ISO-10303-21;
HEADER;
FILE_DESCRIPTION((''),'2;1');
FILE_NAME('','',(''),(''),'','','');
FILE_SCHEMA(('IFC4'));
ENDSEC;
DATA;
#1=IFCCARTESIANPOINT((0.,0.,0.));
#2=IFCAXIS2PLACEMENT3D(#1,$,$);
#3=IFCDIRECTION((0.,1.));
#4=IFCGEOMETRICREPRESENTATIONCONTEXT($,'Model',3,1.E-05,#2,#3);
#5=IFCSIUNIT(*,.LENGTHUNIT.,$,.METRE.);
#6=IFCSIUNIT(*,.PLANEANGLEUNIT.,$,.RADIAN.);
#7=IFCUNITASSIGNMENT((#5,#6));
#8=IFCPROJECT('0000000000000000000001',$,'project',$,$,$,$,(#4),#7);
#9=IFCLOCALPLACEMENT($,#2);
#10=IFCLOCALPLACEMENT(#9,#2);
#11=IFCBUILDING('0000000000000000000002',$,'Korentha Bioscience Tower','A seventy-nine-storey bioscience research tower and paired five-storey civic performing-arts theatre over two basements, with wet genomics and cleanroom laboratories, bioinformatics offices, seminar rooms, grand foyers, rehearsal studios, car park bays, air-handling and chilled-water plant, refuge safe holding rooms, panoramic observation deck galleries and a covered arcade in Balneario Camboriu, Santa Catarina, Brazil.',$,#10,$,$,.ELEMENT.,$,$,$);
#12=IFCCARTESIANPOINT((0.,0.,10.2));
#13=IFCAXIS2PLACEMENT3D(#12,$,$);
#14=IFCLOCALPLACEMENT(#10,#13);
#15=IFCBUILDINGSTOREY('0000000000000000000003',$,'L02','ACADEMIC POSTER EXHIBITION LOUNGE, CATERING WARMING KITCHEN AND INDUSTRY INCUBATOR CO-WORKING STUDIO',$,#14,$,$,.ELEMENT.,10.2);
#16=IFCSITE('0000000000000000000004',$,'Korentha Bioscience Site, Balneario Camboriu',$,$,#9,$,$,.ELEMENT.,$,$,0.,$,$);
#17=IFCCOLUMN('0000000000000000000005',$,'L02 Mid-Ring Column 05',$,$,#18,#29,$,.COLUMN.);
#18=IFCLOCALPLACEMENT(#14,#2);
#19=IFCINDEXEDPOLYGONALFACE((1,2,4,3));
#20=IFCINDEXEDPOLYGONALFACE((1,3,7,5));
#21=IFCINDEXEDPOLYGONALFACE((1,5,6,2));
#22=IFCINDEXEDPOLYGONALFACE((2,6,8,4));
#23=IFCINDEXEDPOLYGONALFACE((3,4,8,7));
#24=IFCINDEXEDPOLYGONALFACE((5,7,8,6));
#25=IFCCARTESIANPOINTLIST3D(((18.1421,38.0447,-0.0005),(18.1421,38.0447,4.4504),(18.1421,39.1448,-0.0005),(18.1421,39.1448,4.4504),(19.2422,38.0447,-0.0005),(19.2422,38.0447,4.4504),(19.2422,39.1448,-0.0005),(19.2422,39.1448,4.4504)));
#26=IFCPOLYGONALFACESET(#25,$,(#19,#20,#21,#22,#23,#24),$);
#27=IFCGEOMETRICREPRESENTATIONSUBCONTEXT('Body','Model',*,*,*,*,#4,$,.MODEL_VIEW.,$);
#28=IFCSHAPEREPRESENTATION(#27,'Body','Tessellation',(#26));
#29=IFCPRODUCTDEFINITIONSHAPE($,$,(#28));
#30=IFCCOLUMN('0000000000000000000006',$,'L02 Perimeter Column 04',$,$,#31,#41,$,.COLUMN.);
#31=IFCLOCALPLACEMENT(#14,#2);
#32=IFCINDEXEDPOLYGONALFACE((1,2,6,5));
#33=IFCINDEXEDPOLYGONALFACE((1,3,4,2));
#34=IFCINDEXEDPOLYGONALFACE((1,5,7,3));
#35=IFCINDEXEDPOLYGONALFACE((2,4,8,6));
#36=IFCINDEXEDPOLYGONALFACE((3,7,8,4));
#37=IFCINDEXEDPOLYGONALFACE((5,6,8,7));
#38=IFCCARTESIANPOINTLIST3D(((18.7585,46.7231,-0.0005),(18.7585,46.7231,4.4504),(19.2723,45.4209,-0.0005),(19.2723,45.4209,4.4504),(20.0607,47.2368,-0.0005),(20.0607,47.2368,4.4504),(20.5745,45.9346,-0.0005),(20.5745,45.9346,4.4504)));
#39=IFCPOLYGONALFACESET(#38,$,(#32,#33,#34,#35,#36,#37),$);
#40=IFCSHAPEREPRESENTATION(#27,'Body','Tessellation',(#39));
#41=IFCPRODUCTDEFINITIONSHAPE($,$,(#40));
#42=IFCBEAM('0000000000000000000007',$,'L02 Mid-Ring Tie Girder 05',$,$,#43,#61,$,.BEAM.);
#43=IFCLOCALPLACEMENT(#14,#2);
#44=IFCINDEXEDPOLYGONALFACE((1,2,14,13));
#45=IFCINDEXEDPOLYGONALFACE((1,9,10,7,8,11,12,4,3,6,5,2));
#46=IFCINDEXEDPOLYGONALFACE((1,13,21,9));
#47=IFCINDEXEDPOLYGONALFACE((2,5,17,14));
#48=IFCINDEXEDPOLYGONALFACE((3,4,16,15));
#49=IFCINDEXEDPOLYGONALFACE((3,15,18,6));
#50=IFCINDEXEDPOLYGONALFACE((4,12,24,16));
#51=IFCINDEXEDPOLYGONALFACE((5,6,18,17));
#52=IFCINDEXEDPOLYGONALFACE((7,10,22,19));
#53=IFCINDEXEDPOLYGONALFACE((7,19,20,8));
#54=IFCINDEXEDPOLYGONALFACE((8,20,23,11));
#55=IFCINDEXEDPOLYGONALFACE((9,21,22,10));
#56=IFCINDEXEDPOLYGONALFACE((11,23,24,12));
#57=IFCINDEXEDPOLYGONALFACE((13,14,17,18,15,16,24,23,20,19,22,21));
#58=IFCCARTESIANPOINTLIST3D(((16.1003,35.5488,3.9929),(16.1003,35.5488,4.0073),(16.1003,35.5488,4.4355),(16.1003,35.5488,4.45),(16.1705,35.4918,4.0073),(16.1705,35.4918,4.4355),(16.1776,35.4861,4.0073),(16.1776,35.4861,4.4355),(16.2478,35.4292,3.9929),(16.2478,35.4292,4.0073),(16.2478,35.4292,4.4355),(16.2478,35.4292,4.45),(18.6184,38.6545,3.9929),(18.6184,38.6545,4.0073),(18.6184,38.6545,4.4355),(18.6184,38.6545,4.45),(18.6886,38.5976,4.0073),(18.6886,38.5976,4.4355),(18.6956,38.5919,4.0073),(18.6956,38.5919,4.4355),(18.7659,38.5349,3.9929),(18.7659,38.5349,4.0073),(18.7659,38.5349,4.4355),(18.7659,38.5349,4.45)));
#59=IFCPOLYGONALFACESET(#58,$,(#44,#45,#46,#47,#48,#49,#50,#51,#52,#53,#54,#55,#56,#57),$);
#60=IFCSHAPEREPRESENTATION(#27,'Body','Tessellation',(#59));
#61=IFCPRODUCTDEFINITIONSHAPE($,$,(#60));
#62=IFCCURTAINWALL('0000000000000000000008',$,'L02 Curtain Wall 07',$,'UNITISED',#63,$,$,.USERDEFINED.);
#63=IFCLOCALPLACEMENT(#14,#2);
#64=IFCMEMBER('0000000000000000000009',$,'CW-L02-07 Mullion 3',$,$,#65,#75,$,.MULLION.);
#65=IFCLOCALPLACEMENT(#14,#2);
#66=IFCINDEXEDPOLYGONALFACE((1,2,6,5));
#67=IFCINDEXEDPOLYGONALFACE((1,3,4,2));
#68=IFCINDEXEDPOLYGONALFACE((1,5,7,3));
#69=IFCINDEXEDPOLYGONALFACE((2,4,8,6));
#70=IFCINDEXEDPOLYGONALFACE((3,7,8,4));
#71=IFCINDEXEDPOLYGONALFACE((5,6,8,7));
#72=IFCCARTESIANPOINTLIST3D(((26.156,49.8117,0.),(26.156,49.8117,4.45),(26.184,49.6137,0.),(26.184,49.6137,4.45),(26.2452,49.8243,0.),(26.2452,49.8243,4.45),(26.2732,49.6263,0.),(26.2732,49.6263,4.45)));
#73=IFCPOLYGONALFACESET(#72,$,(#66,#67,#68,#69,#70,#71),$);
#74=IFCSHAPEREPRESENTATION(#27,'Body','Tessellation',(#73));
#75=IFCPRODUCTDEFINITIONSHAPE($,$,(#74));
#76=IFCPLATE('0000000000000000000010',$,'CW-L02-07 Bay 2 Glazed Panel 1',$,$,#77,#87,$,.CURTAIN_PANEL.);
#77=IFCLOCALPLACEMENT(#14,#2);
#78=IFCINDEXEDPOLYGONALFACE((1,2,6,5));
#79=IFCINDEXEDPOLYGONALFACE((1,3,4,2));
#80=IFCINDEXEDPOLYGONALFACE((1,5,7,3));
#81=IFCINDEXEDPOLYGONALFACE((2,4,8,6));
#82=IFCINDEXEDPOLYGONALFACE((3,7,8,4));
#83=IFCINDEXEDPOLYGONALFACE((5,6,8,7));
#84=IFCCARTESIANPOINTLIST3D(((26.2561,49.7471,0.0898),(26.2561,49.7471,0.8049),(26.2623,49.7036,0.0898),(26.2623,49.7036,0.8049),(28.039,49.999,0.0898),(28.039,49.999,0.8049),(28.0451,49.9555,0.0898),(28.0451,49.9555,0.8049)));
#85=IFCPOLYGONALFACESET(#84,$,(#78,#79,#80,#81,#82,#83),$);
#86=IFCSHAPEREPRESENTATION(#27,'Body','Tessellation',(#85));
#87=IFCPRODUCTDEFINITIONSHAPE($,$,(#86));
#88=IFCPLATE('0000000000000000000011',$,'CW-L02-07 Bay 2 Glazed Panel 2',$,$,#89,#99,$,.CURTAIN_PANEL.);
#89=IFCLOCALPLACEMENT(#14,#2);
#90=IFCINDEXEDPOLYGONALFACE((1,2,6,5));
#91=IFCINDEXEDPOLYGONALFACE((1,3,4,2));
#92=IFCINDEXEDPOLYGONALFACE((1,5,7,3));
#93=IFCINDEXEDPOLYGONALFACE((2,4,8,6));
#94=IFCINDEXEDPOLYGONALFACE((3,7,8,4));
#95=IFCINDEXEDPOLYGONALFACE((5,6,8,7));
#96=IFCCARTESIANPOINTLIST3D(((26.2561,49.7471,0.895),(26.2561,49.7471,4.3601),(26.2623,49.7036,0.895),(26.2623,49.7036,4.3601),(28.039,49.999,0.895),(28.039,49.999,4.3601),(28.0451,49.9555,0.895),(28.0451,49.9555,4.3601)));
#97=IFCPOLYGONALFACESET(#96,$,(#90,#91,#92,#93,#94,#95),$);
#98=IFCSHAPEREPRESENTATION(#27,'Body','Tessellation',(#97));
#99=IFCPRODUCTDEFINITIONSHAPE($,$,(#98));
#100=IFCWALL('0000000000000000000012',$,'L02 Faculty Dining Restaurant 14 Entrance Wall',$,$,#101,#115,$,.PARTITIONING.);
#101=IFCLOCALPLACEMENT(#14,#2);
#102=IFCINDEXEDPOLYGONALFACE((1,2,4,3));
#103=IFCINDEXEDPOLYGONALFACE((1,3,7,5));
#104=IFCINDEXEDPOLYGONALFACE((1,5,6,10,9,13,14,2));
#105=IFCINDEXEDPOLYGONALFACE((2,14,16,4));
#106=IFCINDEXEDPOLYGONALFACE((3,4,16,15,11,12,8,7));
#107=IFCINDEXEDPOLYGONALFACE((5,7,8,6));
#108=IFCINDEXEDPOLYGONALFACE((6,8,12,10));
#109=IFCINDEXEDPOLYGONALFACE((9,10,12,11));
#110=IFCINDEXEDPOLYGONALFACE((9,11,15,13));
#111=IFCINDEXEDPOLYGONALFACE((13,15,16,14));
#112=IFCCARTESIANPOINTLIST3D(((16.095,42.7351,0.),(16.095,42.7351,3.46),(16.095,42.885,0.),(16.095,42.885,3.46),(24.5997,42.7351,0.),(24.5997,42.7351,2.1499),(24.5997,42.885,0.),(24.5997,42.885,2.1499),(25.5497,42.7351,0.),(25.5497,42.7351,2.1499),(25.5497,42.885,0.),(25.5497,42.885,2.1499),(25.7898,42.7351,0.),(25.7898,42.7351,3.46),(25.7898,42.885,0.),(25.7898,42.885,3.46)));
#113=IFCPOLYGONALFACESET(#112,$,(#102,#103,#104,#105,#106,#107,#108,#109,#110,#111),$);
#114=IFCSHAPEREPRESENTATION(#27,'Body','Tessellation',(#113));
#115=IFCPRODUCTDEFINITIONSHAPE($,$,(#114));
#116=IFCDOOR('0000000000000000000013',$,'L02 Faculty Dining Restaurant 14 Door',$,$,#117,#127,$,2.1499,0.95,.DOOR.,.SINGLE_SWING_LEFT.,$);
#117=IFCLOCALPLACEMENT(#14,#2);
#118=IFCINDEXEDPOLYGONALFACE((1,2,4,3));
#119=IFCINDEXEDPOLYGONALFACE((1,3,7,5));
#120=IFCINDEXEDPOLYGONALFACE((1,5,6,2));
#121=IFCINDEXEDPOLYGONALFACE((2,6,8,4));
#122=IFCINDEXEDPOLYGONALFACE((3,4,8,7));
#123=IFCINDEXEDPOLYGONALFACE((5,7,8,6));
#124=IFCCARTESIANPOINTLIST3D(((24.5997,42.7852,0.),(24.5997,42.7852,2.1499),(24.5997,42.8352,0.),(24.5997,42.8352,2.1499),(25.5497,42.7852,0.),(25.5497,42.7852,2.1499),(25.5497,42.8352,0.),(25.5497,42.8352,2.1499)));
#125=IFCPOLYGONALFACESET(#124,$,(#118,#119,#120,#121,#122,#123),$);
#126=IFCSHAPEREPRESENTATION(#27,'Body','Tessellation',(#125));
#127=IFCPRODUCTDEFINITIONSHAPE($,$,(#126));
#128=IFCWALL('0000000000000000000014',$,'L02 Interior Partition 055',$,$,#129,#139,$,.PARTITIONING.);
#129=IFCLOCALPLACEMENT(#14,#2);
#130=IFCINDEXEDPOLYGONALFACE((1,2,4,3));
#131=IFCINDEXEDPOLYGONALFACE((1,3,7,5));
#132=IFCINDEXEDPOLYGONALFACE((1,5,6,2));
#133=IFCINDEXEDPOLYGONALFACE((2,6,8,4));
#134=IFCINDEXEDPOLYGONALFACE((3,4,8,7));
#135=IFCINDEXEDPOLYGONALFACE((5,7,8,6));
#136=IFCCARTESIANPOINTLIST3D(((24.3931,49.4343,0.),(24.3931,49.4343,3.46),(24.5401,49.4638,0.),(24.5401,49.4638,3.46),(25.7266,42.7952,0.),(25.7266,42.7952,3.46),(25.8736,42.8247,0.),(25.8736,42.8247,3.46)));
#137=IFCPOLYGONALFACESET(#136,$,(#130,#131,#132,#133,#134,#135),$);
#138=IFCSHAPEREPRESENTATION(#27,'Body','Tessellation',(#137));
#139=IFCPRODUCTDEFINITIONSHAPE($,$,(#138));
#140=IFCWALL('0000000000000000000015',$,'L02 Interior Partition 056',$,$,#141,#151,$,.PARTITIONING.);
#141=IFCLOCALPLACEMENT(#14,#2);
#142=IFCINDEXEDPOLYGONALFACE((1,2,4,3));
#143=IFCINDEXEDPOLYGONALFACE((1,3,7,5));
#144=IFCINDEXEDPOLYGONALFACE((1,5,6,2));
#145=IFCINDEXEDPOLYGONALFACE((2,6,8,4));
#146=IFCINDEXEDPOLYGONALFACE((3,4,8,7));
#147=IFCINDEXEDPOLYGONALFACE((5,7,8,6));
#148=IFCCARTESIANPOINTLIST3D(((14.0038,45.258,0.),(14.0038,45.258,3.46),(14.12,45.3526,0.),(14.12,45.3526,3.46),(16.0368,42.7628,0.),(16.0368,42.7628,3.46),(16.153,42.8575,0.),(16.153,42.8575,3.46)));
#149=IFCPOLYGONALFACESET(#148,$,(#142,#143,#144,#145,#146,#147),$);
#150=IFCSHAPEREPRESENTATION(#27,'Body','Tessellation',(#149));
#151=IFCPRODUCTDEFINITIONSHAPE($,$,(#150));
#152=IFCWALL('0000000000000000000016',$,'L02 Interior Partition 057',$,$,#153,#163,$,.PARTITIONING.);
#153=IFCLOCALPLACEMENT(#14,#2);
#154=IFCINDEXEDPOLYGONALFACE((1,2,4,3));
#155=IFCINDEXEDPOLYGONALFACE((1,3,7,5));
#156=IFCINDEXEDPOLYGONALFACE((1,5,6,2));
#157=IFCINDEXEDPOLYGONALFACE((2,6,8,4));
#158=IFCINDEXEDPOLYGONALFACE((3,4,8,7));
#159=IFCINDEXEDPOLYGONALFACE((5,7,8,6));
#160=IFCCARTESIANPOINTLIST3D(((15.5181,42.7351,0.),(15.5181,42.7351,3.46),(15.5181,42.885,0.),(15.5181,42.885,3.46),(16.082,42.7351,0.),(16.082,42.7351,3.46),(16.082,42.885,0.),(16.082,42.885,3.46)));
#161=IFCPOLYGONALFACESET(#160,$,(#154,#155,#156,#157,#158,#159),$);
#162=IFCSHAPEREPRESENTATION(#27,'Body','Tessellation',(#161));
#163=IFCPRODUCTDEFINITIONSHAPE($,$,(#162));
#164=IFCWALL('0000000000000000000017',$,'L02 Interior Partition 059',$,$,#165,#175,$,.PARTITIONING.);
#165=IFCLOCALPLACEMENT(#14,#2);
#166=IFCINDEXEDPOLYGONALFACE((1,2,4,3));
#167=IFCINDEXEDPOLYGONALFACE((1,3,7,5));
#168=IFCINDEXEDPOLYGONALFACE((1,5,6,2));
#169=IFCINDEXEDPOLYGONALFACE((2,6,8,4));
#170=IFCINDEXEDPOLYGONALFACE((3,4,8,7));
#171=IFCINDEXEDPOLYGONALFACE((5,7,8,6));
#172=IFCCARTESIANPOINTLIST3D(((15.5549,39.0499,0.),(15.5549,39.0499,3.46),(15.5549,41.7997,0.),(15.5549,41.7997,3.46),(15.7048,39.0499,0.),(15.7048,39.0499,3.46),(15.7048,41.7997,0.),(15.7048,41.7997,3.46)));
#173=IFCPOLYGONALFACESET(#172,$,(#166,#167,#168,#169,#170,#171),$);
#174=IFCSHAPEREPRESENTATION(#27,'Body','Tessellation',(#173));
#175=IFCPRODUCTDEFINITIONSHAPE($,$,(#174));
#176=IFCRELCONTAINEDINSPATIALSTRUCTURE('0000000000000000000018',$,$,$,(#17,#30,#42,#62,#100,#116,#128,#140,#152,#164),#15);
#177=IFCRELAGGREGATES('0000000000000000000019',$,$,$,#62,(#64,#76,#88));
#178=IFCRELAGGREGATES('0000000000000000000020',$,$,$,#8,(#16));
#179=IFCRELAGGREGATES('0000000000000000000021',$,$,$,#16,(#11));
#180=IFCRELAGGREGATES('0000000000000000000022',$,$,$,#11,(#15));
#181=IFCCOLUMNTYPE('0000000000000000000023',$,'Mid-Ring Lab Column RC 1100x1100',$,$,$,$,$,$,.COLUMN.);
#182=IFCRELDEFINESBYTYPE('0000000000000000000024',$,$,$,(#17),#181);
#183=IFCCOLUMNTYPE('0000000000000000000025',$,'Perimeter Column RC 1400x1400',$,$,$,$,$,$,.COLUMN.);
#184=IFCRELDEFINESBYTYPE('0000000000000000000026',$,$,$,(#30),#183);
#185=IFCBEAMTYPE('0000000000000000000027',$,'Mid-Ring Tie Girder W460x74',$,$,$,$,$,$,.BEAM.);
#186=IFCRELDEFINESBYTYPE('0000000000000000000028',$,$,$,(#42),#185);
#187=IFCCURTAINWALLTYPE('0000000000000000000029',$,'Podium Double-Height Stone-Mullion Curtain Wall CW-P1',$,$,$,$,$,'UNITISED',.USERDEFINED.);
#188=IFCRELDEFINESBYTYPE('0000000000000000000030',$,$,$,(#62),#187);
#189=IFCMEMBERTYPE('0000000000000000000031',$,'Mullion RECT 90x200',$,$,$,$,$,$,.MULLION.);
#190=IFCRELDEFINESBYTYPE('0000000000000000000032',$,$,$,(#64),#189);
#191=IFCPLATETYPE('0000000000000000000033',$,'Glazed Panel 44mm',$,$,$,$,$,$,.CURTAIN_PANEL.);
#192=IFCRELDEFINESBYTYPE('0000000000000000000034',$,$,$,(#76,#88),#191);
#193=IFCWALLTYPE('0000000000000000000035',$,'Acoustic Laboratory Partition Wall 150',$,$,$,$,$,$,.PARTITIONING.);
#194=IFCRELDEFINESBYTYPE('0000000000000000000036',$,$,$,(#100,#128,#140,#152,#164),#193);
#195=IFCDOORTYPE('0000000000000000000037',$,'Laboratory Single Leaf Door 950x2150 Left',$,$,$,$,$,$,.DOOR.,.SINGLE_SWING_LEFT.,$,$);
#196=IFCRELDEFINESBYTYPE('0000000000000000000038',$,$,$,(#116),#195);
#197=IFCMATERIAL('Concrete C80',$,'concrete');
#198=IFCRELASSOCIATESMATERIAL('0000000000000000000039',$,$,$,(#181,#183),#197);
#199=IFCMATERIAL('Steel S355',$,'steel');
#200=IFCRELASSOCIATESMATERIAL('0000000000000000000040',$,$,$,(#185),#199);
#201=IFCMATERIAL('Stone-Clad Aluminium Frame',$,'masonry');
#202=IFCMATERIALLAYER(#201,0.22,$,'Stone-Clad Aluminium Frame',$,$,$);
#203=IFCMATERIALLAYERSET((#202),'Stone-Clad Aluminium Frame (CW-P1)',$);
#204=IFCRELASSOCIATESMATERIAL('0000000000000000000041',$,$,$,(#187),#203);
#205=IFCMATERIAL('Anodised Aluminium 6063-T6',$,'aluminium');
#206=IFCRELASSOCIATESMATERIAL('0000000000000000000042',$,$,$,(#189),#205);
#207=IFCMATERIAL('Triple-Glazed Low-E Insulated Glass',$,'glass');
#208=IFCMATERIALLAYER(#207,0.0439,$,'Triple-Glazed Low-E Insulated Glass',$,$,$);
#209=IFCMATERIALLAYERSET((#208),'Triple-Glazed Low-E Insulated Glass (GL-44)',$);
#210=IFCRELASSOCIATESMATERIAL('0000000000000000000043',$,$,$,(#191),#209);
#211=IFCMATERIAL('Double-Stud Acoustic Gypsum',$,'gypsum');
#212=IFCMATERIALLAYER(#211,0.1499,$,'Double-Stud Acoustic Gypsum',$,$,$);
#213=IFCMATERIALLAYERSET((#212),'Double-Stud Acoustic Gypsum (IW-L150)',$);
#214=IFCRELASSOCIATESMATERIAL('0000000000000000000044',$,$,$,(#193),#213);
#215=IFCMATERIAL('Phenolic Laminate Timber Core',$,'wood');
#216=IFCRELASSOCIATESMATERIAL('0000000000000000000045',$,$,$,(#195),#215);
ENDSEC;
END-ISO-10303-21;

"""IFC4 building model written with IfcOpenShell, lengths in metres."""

from ifc_helpers import new_model, si_unit, direction, frame, frame_2d, origin, origin_2d, place, context, subcontext, project, spatial, rectangle, i_section, extrude, material, layer, layer_set, material_profile, profile_set, type_object, element, fill, aggregate, save


model = new_model("IFC4")

# Units and contexts
model_context = context("Model", 3, precision=1e-05, world=origin(), true_north=direction((0.0, 1.0)))
body_context = subcontext(model_context, "Body", "Model", "MODEL_VIEW")
ifc_project = project(units=[si_unit("LENGTHUNIT", "METRE"), si_unit("PLANEANGLEUNIT", "RADIAN")], contexts=[model_context])

# Site, building, storey
site_placement = place(None, origin())
site = spatial("IfcSite", under=ifc_project, at=site_placement, Name="Korentha Bioscience Site, Balneario Camboriu", CompositionType="ELEMENT", RefElevation=0.0)
building_placement = place(site_placement, origin())
building = spatial("IfcBuilding", under=site, at=building_placement, Name="Korentha Bioscience Tower", Description="A seventy-nine-storey bioscience research tower and paired five-storey civic performing-arts theatre over two basements, with wet genomics and cleanroom laboratories, bioinformatics offices, seminar rooms, grand foyers, rehearsal studios, car park bays, air-handling and chilled-water plant, refuge safe holding rooms, panoramic observation deck galleries and a covered arcade in Balneario Camboriu, Santa Catarina, Brazil.", CompositionType="ELEMENT")
storey_placement = place(building_placement, frame((0.0, 0.0, 10.2)))
storey = spatial("IfcBuildingStorey", under=building, at=storey_placement, Name="L02", Description="ACADEMIC POSTER EXHIBITION LOUNGE, CATERING WARMING KITCHEN AND INDUSTRY INCUBATOR CO-WORKING STUDIO", CompositionType="ELEMENT", Elevation=10.2)

# Columns
ifc_material_1 = material(Name="Concrete C80", Category="concrete")
ifc_material_profile_1 = material_profile(ifc_material_1, rectangle(XDim=1.1001, YDim=1.1001, at=origin_2d()), Name="Concrete C80")
ifc_profile_set_1 = profile_set([ifc_material_profile_1], Name="Concrete C80 (COL-MR11)")
column_type_1 = type_object("IfcColumnType", Name="Mid-Ring Lab Column RC 1100x1100", PredefinedType="COLUMN", material=ifc_profile_set_1)
column_1_placement = place(storey_placement, frame((18.6921, 38.5947, -0.0005), z_axis=(0.0, 0.0, 1.0), x_axis=(1.0, 0.0, 0.0)))
element("IfcColumn", 1, at=column_1_placement, inside=storey, type_object=column_type_1, Name="L02 Mid-Ring Column 05", PredefinedType="COLUMN", context=body_context, shape_type="SweptSolid", body=[
    extrude(rectangle(XDim=1.1001, YDim=1.1001, at=origin_2d()), origin(), (0.0, 0.0, 1.0), 4.4509),
])
ifc_material_profile_2 = material_profile(ifc_material_1, rectangle(XDim=1.3999, YDim=1.3999, at=origin_2d()), Name="Concrete C80")
ifc_profile_set_2 = profile_set([ifc_material_profile_2], Name="Concrete C80 (COL-P14)")
column_type_2 = type_object("IfcColumnType", Name="Perimeter Column RC 1400x1400", PredefinedType="COLUMN", material=ifc_profile_set_2)
column_2_placement = place(storey_placement, frame((19.6665, 46.3289, -0.0005), z_axis=(0.0, 0.0, 1.0), x_axis=(0.930226, 0.366988, 0.0)))
element("IfcColumn", 2, at=column_2_placement, inside=storey, type_object=column_type_2, Name="L02 Perimeter Column 04", PredefinedType="COLUMN", context=body_context, shape_type="SweptSolid", body=[
    extrude(rectangle(XDim=1.3999, YDim=1.3999, at=origin_2d()), origin(), (0.0, 0.0, 1.0), 4.4509),
])

# Beam
ifc_material_2 = material(Name="Steel S355", Category="steel")
ifc_material_profile_3 = material_profile(ifc_material_2, i_section(OverallWidth=0.1899, OverallDepth=0.457, WebThickness=0.009, FlangeThickness=0.0144, at=origin_2d()), Name="Steel S355")
ifc_profile_set_3 = profile_set([ifc_material_profile_3], Name="Steel S355 (MB-460)")
beam_type = type_object("IfcBeamType", Name="Mid-Ring Tie Girder W460x74", PredefinedType="BEAM", material=ifc_profile_set_3)
beam_placement = place(storey_placement, frame((18.6921, 38.5947, 4.2214), z_axis=(-0.62979, -0.776765, 0.0), x_axis=(0.776765, -0.62979, 0.0)))
element("IfcBeam", 3, at=beam_placement, inside=storey, type_object=beam_type, Name="L02 Mid-Ring Tie Girder 05", PredefinedType="BEAM", context=body_context, shape_type="SweptSolid", body=[
    extrude(i_section(OverallWidth=0.1899, OverallDepth=0.457, WebThickness=0.009, FlangeThickness=0.0144, at=origin_2d()), origin(), (0.0, 0.0, 1.0), 3.9983),
])

# Curtain wall, member, plates
ifc_material_3 = material(Name="Stone-Clad Aluminium Frame", Category="masonry")
ifc_layer_1 = layer(ifc_material_3, 0.22, Name="Stone-Clad Aluminium Frame")
ifc_layer_set_1 = layer_set([ifc_layer_1], Name="Stone-Clad Aluminium Frame (CW-P1)")
curtain_wall_type = type_object("IfcCurtainWallType", Name="Podium Double-Height Stone-Mullion Curtain Wall CW-P1", ElementType="UNITISED", PredefinedType="USERDEFINED", material=ifc_layer_set_1)
curtain_wall_placement = place(storey_placement, origin())
curtain_wall = element("IfcCurtainWall", 4, at=curtain_wall_placement, inside=storey, type_object=curtain_wall_type, Name="L02 Curtain Wall 07", ObjectType="UNITISED", PredefinedType="USERDEFINED")
ifc_material_4 = material(Name="Anodised Aluminium 6063-T6", Category="aluminium")
ifc_material_profile_4 = material_profile(ifc_material_4, rectangle(XDim=0.0901, YDim=0.2, at=origin_2d()), Name="Anodised Aluminium 6063-T6")
ifc_profile_set_4 = profile_set([ifc_material_profile_4], Name="Anodised Aluminium 6063-T6 (CW-MUL)")
member_type = type_object("IfcMemberType", Name="Mullion RECT 90x200", PredefinedType="MULLION", material=ifc_profile_set_4)
member_placement = place(storey_placement, frame((26.2146, 49.719, 0.0), z_axis=(0.0, 0.0, 1.0), x_axis=(-0.990167, -0.139888, 0.0)))
member = element("IfcMember", 5, at=member_placement, type_object=member_type, Name="CW-L02-07 Mullion 3", PredefinedType="MULLION", context=body_context, shape_type="SweptSolid", body=[
    extrude(rectangle(XDim=0.0901, YDim=0.2, at=origin_2d()), origin(), (0.0, 0.0, 1.0), 4.45),
])
ifc_material_5 = material(Name="Triple-Glazed Low-E Insulated Glass", Category="glass")
ifc_layer_2 = layer(ifc_material_5, 0.0439, Name="Triple-Glazed Low-E Insulated Glass")
ifc_layer_set_2 = layer_set([ifc_layer_2], Name="Triple-Glazed Low-E Insulated Glass (GL-44)")
plate_type = type_object("IfcPlateType", Name="Glazed Panel 44mm", PredefinedType="CURTAIN_PANEL", material=ifc_layer_set_2)
plate_1_placement = place(storey_placement, frame((27.1506, 49.8513, 0.0898), z_axis=(0.0, 0.0, 1.0), x_axis=(-0.990167, -0.139888, 0.0)))
plate_1 = element("IfcPlate", 6, at=plate_1_placement, type_object=plate_type, Name="CW-L02-07 Bay 2 Glazed Panel 1", PredefinedType="CURTAIN_PANEL", context=body_context, shape_type="SweptSolid", body=[
    extrude(rectangle(XDim=1.8005, YDim=0.0439, at=origin_2d()), origin(), (0.0, 0.0, 1.0), 0.7151),
])
plate_2_placement = place(storey_placement, frame((27.1506, 49.8513, 0.895), z_axis=(0.0, 0.0, 1.0), x_axis=(-0.990167, -0.139888, 0.0)))
plate_2 = element("IfcPlate", 7, at=plate_2_placement, type_object=plate_type, Name="CW-L02-07 Bay 2 Glazed Panel 2", PredefinedType="CURTAIN_PANEL", context=body_context, shape_type="SweptSolid", body=[
    extrude(rectangle(XDim=1.8005, YDim=0.0439, at=origin_2d()), origin(), (0.0, 0.0, 1.0), 3.4651),
])
aggregate(curtain_wall, [member, plate_1, plate_2])

# Wall, opening, door
ifc_material_6 = material(Name="Double-Stud Acoustic Gypsum", Category="gypsum")
ifc_layer_3 = layer(ifc_material_6, 0.1499, Name="Double-Stud Acoustic Gypsum")
ifc_layer_set_3 = layer_set([ifc_layer_3], Name="Double-Stud Acoustic Gypsum (IW-L150)")
wall_type_1 = type_object("IfcWallType", Name="Acoustic Laboratory Partition Wall 150", PredefinedType="PARTITIONING", material=ifc_layer_set_3)
wall_1_placement = place(storey_placement, frame((25.7898, 42.8101, 0.0), z_axis=(0.0, 0.0, 1.0), x_axis=(-1.0, 0.0, 0.0)))
wall_1 = element("IfcWall", 8, at=wall_1_placement, inside=storey, type_object=wall_type_1, Name="L02 Faculty Dining Restaurant 14 Entrance Wall", PredefinedType="PARTITIONING", context=body_context, shape_type="SweptSolid", body=[
    extrude(rectangle(XDim=9.6948, YDim=0.1499, at=frame_2d((4.8474, 0.0))), origin(), (0.0, 0.0, 1.0), 3.46),
])
opening_1_placement = place(wall_1_placement, frame((0.24, 0.0, 0.0)))
opening_1 = element("IfcOpeningElement", 9, at=opening_1_placement, cuts=wall_1, PredefinedType="OPENING", context=body_context, shape_type="SweptSolid", body=[
    extrude(rectangle(XDim=0.95, YDim=2.1499, at=frame_2d((0.4751, 1.075))), frame((0.0, 0.0898, 0.0), z_axis=(0.0, -1.0, 0.0), x_axis=(1.0, 0.0, 0.0)), (0.0, 0.0, 1.0), 0.1797),
])
ifc_material_7 = material(Name="Phenolic Laminate Timber Core", Category="wood")
door_type = type_object("IfcDoorType", Name="Laboratory Single Leaf Door 950x2150 Left", OperationType="SINGLE_SWING_LEFT", PredefinedType="DOOR", material=ifc_material_7)
door_placement = place(opening_1_placement, origin())
door = element("IfcDoor", 10, at=door_placement, inside=storey, type_object=door_type, Name="L02 Faculty Dining Restaurant 14 Door", OperationType="SINGLE_SWING_LEFT", OverallHeight=2.1499, OverallWidth=0.95, PredefinedType="DOOR", context=body_context, shape_type="SweptSolid", body=[
    extrude(rectangle(XDim=0.95, YDim=2.1499, at=frame_2d((0.4751, 1.075))), frame((0.0, 0.0249, 0.0), z_axis=(0.0, -1.0, 0.0), x_axis=(1.0, 0.0, 0.0)), (0.0, 0.0, 1.0), 0.05),
])
fill(opening_1, door)

# Walls
wall_2_placement = place(storey_placement, frame((25.8, 42.8101, 0.0), z_axis=(0.0, 0.0, 1.0), x_axis=(-0.19692, 0.980419, 0.0)))
element("IfcWall", 11, at=wall_2_placement, inside=storey, type_object=wall_type_1, Name="L02 Interior Partition 055", PredefinedType="PARTITIONING", context=body_context, shape_type="SweptSolid", body=[
    extrude(rectangle(XDim=6.7717, YDim=0.1499, at=frame_2d((3.3857, 0.0))), origin(), (0.0, 0.0, 1.0), 3.46),
])
wall_3_placement = place(storey_placement, frame((16.095, 42.8101, 0.0), z_axis=(0.0, 0.0, 1.0), x_axis=(-0.631654, 0.77525, 0.0)))
element("IfcWall", 12, at=wall_3_placement, inside=storey, type_object=wall_type_1, Name="L02 Interior Partition 056", PredefinedType="PARTITIONING", context=body_context, shape_type="SweptSolid", body=[
    extrude(rectangle(XDim=3.2185, YDim=0.1499, at=frame_2d((1.6094, 0.0))), origin(), (0.0, 0.0, 1.0), 3.46),
])
wall_4_placement = place(storey_placement, frame((16.082, 42.8101, 0.0), z_axis=(0.0, 0.0, 1.0), x_axis=(-1.0, 0.0, 0.0)))
element("IfcWall", 13, at=wall_4_placement, inside=storey, type_object=wall_type_1, Name="L02 Interior Partition 057", PredefinedType="PARTITIONING", context=body_context, shape_type="SweptSolid", body=[
    extrude(rectangle(XDim=0.564, YDim=0.1499, at=frame_2d((0.282, 0.0))), origin(), (0.0, 0.0, 1.0), 3.46),
])
wall_5_placement = place(storey_placement, frame((15.6299, 41.7998, 0.0), z_axis=(0.0, 0.0, 1.0), x_axis=(0.0, -1.0, 0.0)))
element("IfcWall", 14, at=wall_5_placement, inside=storey, type_object=wall_type_1, Name="L02 Interior Partition 059", PredefinedType="PARTITIONING", context=body_context, shape_type="SweptSolid", body=[
    extrude(rectangle(XDim=2.7498, YDim=0.1499, at=frame_2d((1.375, 0.0))), origin(), (0.0, 0.0, 1.0), 3.46),
])

save(model, "model.ifc")
